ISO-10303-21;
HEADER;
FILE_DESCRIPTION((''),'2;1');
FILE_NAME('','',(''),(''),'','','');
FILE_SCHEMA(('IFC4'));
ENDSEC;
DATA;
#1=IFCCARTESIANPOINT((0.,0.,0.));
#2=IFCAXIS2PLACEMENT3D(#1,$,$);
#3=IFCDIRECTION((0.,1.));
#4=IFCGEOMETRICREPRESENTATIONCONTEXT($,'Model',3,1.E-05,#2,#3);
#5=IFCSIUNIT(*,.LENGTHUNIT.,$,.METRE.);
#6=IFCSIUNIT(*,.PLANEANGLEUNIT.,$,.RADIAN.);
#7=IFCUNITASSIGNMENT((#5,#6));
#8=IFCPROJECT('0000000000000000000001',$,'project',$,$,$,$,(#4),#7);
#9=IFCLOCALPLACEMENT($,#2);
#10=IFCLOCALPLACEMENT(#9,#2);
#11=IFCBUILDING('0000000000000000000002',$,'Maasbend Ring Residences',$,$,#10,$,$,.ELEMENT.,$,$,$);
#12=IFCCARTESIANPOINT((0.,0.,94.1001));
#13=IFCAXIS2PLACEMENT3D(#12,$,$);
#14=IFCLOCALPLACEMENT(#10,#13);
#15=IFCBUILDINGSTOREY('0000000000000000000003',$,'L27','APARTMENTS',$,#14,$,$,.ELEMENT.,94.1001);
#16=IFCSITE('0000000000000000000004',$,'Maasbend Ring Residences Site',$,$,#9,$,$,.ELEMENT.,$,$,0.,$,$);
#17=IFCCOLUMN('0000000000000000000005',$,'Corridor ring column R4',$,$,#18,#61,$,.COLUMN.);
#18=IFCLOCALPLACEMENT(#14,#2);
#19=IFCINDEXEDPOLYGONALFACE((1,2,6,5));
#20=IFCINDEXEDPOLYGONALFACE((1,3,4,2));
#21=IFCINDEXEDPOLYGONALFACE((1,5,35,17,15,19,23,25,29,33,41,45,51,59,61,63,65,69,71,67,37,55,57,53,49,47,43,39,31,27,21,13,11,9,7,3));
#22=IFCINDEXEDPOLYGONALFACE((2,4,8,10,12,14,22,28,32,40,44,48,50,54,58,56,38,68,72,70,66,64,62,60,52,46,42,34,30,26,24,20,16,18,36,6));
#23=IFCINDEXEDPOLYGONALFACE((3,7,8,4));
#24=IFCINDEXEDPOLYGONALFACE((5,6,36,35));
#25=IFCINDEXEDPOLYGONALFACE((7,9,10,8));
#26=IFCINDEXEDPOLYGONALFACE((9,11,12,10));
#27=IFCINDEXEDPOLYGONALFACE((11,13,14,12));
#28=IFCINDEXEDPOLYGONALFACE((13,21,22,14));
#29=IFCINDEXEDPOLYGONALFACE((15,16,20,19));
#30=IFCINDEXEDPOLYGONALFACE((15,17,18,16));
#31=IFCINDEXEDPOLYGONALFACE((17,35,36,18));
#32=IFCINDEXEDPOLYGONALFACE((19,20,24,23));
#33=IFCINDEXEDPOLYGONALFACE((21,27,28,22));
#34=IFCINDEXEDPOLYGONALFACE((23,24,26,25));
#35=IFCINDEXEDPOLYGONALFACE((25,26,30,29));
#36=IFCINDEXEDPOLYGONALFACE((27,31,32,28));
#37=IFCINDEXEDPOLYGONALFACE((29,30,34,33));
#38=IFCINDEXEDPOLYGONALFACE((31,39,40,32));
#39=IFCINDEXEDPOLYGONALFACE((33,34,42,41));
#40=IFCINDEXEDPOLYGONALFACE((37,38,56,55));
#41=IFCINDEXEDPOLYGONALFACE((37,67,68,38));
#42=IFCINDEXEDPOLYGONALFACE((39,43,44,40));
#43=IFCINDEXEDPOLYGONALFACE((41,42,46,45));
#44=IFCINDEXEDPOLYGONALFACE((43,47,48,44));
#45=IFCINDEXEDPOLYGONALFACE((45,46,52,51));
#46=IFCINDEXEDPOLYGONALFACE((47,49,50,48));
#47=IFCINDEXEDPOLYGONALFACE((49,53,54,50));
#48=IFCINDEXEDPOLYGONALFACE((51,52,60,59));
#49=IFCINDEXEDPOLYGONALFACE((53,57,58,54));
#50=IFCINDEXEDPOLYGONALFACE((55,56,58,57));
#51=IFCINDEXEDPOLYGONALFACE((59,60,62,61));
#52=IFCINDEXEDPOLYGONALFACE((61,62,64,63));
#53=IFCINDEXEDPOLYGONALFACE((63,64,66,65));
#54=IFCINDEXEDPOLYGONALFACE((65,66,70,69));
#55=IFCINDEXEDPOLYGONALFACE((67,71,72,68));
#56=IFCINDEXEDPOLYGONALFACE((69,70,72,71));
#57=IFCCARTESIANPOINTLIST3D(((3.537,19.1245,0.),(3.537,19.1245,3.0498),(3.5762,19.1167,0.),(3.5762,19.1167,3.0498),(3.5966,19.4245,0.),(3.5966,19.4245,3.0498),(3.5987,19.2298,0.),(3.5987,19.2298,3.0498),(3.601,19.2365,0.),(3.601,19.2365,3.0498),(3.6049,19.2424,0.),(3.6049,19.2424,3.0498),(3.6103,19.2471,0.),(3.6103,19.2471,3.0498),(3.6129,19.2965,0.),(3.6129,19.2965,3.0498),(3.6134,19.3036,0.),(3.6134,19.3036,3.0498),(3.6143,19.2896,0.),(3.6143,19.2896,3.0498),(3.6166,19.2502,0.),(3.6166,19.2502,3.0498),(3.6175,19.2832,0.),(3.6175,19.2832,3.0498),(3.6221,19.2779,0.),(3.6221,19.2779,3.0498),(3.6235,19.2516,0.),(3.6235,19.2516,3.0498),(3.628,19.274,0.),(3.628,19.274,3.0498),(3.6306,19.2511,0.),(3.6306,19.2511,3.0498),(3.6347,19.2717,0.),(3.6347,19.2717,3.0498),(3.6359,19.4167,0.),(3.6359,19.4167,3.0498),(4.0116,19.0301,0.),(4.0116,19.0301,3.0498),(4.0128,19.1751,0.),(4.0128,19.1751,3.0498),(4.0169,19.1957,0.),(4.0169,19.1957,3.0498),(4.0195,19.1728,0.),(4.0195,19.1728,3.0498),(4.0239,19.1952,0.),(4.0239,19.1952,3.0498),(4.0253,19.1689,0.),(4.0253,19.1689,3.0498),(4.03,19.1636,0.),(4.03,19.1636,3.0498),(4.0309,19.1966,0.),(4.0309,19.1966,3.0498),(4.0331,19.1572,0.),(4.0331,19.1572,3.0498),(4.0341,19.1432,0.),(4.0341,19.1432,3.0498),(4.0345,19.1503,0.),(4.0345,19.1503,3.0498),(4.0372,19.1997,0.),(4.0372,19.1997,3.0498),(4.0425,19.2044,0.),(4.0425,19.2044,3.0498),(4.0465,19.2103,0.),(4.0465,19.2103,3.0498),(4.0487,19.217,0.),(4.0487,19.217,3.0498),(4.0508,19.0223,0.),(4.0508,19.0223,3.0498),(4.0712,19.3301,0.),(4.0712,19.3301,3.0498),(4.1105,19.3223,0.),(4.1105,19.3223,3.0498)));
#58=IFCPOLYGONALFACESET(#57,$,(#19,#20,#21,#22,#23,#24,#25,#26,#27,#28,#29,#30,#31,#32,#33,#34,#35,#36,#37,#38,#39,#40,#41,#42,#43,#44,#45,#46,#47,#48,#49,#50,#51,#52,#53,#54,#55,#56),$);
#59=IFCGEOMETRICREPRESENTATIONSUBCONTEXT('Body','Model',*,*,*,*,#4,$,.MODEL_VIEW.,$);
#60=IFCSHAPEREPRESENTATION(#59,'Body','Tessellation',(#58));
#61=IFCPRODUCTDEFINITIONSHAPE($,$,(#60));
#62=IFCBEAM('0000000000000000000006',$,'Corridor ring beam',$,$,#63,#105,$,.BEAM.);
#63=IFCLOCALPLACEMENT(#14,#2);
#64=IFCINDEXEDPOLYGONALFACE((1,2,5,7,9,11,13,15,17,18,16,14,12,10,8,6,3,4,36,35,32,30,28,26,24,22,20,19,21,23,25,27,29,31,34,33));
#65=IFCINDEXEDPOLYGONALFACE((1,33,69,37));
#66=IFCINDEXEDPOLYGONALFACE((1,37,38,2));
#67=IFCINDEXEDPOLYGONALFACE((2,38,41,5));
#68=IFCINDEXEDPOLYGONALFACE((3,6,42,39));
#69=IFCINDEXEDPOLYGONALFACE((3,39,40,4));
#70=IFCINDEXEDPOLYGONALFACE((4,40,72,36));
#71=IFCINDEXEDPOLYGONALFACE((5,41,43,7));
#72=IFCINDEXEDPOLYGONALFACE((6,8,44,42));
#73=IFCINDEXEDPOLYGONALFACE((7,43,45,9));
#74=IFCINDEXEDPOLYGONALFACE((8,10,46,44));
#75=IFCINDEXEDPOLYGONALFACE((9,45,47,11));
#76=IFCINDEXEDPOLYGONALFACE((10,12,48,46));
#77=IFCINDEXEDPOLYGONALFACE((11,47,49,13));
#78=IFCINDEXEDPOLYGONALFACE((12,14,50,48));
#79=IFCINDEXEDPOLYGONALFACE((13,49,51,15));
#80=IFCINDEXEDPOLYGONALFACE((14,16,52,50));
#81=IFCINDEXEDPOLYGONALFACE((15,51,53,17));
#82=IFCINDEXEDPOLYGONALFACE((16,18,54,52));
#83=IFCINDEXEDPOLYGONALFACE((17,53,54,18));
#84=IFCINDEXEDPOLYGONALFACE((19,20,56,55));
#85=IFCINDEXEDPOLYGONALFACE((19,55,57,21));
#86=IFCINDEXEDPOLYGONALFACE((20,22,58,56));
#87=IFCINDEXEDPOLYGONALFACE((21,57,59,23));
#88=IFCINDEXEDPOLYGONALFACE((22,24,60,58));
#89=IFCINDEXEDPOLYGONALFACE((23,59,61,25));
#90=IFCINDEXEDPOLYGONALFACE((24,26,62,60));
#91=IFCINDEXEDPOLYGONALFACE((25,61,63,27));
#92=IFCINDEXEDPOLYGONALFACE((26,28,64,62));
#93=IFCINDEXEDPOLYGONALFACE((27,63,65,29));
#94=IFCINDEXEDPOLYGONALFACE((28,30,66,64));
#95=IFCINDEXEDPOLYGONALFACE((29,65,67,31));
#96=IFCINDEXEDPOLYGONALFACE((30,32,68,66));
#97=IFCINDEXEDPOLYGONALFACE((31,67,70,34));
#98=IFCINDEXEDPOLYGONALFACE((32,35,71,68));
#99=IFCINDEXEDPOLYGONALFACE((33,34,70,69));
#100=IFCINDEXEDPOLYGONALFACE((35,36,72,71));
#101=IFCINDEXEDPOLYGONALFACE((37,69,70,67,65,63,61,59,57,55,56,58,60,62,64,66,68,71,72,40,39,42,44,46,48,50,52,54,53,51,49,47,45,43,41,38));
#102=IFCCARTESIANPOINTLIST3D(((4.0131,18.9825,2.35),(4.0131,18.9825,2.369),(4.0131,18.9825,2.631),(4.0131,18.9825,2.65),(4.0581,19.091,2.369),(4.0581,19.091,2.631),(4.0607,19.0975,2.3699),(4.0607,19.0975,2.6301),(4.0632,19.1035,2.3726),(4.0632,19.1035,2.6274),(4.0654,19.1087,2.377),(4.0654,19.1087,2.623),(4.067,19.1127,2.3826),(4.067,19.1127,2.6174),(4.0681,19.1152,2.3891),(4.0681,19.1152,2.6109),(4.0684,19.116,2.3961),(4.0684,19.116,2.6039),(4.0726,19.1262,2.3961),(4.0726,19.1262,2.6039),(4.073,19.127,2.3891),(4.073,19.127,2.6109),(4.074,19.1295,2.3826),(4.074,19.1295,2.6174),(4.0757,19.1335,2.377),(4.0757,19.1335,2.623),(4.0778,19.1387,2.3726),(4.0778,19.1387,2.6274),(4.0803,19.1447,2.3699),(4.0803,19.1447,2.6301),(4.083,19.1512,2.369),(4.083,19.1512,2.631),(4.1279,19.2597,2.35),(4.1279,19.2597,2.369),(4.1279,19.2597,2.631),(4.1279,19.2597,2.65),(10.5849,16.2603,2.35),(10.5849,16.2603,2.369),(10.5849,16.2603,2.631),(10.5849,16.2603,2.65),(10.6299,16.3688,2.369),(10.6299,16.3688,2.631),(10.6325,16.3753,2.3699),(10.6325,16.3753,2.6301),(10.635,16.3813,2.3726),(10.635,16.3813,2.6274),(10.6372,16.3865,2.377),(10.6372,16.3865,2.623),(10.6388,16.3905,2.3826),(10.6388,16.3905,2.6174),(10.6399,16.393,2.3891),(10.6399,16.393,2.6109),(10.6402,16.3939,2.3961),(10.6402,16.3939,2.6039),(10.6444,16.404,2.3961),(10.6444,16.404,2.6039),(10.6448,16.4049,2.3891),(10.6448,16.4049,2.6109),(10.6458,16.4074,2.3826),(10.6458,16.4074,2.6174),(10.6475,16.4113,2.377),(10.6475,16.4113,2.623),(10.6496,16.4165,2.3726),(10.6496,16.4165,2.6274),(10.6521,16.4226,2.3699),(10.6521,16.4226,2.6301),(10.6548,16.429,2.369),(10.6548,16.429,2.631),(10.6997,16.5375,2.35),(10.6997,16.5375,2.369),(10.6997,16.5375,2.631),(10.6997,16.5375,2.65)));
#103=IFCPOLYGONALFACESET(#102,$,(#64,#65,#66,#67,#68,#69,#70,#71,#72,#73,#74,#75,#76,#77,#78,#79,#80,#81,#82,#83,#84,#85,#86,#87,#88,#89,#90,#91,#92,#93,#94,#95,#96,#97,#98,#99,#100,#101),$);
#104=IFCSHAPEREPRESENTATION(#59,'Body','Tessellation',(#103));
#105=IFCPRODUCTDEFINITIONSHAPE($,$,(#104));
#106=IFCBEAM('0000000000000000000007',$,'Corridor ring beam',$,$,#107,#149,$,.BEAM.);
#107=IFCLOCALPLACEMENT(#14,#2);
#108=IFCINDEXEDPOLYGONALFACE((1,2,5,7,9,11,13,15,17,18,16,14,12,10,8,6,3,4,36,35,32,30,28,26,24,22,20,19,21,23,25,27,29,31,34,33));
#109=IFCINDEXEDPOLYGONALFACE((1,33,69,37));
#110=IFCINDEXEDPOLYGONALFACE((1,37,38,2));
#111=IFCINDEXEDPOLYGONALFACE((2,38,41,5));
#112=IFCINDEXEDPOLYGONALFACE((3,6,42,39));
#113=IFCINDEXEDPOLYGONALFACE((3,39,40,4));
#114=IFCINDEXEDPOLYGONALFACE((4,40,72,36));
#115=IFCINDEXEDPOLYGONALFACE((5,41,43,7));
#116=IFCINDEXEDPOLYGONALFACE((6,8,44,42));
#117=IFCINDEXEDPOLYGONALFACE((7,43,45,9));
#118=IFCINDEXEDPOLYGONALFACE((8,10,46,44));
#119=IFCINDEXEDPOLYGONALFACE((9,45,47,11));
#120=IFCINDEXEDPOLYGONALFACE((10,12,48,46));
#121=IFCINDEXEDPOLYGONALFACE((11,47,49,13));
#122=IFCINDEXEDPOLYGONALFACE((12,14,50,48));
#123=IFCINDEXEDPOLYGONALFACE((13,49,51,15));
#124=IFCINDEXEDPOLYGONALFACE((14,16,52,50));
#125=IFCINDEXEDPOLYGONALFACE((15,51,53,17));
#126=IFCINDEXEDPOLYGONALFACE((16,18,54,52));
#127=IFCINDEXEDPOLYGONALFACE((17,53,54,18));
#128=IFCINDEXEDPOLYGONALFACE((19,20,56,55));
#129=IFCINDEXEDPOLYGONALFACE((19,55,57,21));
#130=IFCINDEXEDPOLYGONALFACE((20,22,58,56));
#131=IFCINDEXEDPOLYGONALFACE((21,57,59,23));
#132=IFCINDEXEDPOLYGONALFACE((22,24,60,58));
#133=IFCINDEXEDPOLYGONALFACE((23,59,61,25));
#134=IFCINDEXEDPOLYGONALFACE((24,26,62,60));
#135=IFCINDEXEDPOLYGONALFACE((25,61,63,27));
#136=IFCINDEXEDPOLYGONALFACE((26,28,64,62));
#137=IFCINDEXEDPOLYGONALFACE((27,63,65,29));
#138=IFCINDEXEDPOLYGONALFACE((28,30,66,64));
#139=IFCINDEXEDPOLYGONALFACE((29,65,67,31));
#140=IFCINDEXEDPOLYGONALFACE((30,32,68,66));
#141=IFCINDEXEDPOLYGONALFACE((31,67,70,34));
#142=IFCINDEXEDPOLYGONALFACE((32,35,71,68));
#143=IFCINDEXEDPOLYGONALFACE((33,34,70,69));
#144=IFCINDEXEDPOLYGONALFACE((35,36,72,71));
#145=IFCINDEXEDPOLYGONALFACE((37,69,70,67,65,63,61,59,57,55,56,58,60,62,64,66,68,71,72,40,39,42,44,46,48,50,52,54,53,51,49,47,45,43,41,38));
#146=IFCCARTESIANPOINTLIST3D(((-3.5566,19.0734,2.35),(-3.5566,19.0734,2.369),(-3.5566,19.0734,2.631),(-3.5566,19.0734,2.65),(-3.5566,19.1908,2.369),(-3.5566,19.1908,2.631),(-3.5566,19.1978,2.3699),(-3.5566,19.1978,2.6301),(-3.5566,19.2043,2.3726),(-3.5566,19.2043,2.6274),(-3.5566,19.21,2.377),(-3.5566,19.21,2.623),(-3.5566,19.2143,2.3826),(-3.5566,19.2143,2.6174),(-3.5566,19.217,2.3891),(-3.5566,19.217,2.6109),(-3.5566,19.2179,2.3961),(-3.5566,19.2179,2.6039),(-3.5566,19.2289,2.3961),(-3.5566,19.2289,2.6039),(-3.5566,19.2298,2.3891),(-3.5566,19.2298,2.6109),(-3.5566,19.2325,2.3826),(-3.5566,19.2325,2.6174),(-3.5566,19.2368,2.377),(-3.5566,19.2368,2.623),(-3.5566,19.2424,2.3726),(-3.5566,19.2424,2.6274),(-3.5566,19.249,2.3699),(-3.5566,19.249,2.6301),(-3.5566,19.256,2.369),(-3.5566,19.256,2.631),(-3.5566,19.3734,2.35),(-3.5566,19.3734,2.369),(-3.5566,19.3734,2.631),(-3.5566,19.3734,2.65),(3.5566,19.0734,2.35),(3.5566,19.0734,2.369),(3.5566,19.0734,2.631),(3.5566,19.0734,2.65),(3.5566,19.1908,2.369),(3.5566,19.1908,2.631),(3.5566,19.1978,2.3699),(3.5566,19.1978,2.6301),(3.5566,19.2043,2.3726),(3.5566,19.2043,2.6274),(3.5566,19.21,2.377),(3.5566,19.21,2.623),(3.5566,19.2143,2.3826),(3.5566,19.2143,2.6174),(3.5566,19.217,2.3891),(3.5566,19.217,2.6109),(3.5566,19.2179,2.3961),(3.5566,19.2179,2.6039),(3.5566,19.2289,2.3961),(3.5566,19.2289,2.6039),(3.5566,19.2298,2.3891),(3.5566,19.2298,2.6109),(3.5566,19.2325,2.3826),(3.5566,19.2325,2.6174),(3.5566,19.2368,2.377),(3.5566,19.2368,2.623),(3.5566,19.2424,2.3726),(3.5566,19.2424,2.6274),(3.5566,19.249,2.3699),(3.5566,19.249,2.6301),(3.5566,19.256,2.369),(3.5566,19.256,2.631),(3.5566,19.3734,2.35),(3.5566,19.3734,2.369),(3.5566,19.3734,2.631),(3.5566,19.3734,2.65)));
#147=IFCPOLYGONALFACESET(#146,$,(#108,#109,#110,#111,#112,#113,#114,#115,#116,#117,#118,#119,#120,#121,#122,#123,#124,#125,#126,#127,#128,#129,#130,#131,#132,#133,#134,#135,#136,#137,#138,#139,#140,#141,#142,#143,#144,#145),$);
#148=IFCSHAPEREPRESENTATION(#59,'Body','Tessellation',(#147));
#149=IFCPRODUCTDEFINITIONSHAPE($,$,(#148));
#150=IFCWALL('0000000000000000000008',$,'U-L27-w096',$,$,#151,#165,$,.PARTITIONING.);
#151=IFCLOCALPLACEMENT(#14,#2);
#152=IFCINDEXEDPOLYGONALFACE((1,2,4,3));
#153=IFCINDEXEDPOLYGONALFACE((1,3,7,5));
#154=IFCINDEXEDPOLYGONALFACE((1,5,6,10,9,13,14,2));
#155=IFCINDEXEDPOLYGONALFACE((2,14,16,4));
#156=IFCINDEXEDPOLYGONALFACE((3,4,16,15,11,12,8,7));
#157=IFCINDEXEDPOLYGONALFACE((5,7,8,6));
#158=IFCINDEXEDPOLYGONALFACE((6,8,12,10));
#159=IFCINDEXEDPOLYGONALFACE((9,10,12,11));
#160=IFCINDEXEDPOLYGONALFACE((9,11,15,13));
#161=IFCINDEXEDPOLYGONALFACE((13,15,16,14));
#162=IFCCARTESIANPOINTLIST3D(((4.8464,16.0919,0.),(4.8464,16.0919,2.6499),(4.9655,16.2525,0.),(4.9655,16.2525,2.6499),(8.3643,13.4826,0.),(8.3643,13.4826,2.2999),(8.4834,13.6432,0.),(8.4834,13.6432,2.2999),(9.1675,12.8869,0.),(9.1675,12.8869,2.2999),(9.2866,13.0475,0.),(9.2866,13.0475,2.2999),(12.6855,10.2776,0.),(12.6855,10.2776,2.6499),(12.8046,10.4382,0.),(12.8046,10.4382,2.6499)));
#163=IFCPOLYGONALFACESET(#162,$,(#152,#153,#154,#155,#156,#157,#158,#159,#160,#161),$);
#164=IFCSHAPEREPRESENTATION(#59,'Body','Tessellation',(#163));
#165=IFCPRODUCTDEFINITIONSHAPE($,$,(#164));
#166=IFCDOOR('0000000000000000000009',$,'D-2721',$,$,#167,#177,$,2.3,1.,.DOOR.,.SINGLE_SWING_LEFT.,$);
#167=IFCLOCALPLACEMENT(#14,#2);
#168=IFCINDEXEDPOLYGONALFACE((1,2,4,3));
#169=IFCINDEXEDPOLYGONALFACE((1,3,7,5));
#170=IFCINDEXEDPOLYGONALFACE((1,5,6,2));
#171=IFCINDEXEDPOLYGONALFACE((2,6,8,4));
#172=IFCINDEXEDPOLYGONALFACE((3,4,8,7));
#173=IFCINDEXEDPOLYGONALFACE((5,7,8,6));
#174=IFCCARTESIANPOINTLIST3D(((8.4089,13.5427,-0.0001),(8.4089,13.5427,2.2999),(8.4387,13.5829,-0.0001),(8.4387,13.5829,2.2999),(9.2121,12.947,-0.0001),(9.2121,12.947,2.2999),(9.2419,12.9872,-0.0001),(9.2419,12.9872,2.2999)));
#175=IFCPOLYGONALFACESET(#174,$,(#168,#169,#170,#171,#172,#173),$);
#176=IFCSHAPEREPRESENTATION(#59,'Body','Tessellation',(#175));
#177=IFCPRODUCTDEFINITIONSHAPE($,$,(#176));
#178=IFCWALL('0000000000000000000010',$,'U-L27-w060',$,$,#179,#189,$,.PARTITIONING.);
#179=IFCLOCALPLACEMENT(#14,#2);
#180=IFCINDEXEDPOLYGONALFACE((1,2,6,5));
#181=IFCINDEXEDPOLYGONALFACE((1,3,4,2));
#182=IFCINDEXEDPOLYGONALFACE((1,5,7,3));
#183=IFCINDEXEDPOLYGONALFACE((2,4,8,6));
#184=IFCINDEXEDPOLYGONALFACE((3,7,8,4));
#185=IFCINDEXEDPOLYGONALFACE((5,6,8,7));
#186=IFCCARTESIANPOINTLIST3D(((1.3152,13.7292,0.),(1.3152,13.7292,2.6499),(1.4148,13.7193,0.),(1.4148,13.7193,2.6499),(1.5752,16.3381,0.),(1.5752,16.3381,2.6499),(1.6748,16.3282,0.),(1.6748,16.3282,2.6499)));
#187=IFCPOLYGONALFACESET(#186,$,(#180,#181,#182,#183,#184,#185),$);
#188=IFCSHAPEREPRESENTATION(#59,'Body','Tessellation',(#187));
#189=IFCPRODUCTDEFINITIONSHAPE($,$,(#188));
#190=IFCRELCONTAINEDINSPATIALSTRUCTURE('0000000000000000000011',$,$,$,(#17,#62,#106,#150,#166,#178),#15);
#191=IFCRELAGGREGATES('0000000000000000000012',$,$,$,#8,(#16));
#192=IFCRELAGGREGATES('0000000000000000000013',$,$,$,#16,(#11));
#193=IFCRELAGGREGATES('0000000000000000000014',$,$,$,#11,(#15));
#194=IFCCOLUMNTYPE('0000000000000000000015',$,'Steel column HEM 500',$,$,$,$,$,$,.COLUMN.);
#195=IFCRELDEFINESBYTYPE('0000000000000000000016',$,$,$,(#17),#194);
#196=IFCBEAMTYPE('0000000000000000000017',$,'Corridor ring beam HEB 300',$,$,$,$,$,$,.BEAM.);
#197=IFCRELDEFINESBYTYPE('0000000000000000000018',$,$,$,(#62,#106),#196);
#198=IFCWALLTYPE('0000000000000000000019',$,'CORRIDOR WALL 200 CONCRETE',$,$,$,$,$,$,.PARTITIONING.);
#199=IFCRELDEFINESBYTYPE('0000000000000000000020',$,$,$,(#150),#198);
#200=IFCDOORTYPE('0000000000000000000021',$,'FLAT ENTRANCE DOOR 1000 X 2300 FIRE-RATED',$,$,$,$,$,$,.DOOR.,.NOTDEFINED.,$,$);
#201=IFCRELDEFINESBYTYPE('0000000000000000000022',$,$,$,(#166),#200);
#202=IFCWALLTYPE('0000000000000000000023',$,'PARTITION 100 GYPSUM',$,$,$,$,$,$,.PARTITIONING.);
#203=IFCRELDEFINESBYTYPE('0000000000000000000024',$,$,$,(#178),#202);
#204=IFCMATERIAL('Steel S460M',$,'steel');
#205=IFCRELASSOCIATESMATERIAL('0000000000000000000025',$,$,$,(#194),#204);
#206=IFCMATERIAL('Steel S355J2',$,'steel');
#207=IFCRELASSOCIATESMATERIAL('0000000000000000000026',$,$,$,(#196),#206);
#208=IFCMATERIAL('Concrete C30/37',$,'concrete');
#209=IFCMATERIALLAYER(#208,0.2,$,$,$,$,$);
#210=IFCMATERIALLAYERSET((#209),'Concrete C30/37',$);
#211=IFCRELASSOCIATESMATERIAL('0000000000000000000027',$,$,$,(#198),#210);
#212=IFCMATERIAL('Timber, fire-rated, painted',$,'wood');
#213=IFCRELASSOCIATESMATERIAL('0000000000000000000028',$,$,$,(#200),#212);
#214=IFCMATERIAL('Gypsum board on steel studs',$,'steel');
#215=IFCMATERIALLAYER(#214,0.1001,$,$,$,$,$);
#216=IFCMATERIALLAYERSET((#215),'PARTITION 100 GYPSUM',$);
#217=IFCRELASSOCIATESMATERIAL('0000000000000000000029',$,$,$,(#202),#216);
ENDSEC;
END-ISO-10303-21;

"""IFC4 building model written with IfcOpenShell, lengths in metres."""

from ifc_helpers import new_model, si_unit, direction, frame, frame_2d, origin, origin_2d, place, context, subcontext, project, spatial, rectangle, i_section, extrude, material, layer, layer_set, material_profile, profile_set, type_object, element, fill, save


model = new_model("IFC4")

# Units and contexts
model_context = context("Model", 3, precision=1e-05, world=origin(), true_north=direction((0.0, 1.0)))
body_context = subcontext(model_context, "Body", "Model", "MODEL_VIEW")
ifc_project = project(units=[si_unit("LENGTHUNIT", "METRE"), si_unit("PLANEANGLEUNIT", "RADIAN")], contexts=[model_context])

# Site, building, storey
site_placement = place(None, origin())
site = spatial("IfcSite", under=ifc_project, at=site_placement, Name="Maasbend Ring Residences Site", CompositionType="ELEMENT", RefElevation=0.0)
building_placement = place(site_placement, origin())
building = spatial("IfcBuilding", under=site, at=building_placement, Name="Maasbend Ring Residences", CompositionType="ELEMENT")
storey_placement = place(building_placement, frame((0.0, 0.0, 94.1001)))
storey = spatial("IfcBuildingStorey", under=building, at=storey_placement, Name="L27", Description="APARTMENTS", CompositionType="ELEMENT", Elevation=94.1001)

# Column
ifc_material_1 = material(Name="Steel S460M", Category="steel")
ifc_material_profile_1 = material_profile(ifc_material_1, i_section(OverallWidth=0.3059, OverallDepth=0.5239, WebThickness=0.021, FlangeThickness=0.04, FilletRadius=0.0271, at=origin_2d()), Name="HEM 500")
ifc_profile_set_1 = profile_set([ifc_material_profile_1], Name="Steel S460M")
column_type = type_object("IfcColumnType", Name="Steel column HEM 500", PredefinedType="COLUMN", material=ifc_profile_set_1)
column_placement = place(storey_placement, frame((3.8237, 19.2234, 0.0), z_axis=(0.0, 0.0, 1.0), x_axis=(0.19509, 0.980785, 0.0)))
element("IfcColumn", 1, at=column_placement, inside=storey, type_object=column_type, Name="Corridor ring column R4", PredefinedType="COLUMN", context=body_context, shape_type="SweptSolid", body=[
    extrude(i_section(OverallWidth=0.3059, OverallDepth=0.5239, WebThickness=0.021, FlangeThickness=0.04, FilletRadius=0.0271, at=origin_2d()), origin(), (0.0, 0.0, 1.0), 3.0498),
])

# Beams
ifc_material_2 = material(Name="Steel S355J2", Category="steel")
ifc_material_profile_2 = material_profile(ifc_material_2, i_section(OverallWidth=0.3, OverallDepth=0.3, WebThickness=0.011, FlangeThickness=0.019, FilletRadius=0.0271, at=origin_2d()), Name="HEB 300")
ifc_profile_set_2 = profile_set([ifc_material_profile_2], Name="Steel S355J2")
beam_type = type_object("IfcBeamType", Name="Corridor ring beam HEB 300", PredefinedType="BEAM", material=ifc_profile_set_2)
for number, where, z_axis, x_axis, name in (
    (2, (10.6423, 16.3989, 2.5), (-0.923877, 0.382689, 0.0), (-0.382689, -0.923877, 0.0), "Corridor ring beam"),
    (3, (3.5566, 19.2234, 2.5), (-1.0, 0.0, 0.0), (0.0, -1.0, 0.0), "Corridor ring beam"),
):
    element("IfcBeam", number, at=place(storey_placement, frame(where, z_axis=z_axis, x_axis=x_axis)), inside=storey, type_object=beam_type, Name=name, PredefinedType="BEAM", context=body_context, shape_type="SweptSolid", body=[
        extrude(i_section(OverallWidth=0.3, OverallDepth=0.3, WebThickness=0.011, FlangeThickness=0.019, FilletRadius=0.0271, at=origin_2d()), origin(), (0.0, 0.0, 1.0), 7.1133),
    ])

# Wall, opening, door
ifc_material_3 = material(Name="Concrete C30/37", Category="concrete")
ifc_layer_1 = layer(ifc_material_3, 0.2)
ifc_layer_set_1 = layer_set([ifc_layer_1], Name="Concrete C30/37")
wall_type_1 = type_object("IfcWallType", Name="CORRIDOR WALL 200 CONCRETE", PredefinedType="PARTITIONING", material=ifc_layer_set_1)
wall_1_placement = place(storey_placement, frame((4.906, 16.1721, 0.0), z_axis=(0.0, 0.0, 1.0), x_axis=(0.803191, -0.595721, 0.0)))
wall_1 = element("IfcWall", 4, at=wall_1_placement, inside=storey, type_object=wall_type_1, Name="U-L27-w096", PredefinedType="PARTITIONING", context=body_context, shape_type="SweptSolid", body=[
    extrude(rectangle(XDim=9.76, YDim=0.2, at=frame_2d((4.8799, 0.0))), origin(), (0.0, 0.0, 1.0), 2.6499),
])
opening_1_placement = place(wall_1_placement, frame((4.3799, 0.0, 0.0)))
opening_1 = element("IfcOpeningElement", 5, at=opening_1_placement, cuts=wall_1, PredefinedType="OPENING", context=body_context, shape_type="SweptSolid", body=[
    extrude(rectangle(XDim=1.0, YDim=2.3, at=frame_2d((0.5, 1.1499))), frame((0.0, 0.1099, 0.0), z_axis=(0.0, -1.0, 0.0), x_axis=(1.0, 0.0, 0.0)), (0.0, 0.0, 1.0), 0.22),
])
ifc_material_4 = material(Name="Timber, fire-rated, painted", Category="wood")
door_type_1 = type_object("IfcDoorType", Name="FLAT ENTRANCE DOOR 1000 X 2300 FIRE-RATED", OperationType="NOTDEFINED", PredefinedType="DOOR", material=ifc_material_4)
door_1_placement = place(opening_1_placement, origin())
door_1 = element("IfcDoor", 6, at=door_1_placement, inside=storey, type_object=door_type_1, Name="D-2721", OperationType="SINGLE_SWING_LEFT", OverallHeight=2.3, OverallWidth=1.0, PredefinedType="DOOR", context=body_context, shape_type="SweptSolid", body=[
    extrude(rectangle(XDim=1.0, YDim=2.3, at=frame_2d((0.5, 1.1499))), frame((0.0, 0.0249, 0.0), z_axis=(0.0, -1.0, 0.0), x_axis=(1.0, 0.0, 0.0)), (0.0, 0.0, 1.0), 0.05),
])
fill(opening_1, door_1)

# Wall
ifc_material_5 = material(Name="Gypsum board on steel studs", Category="steel")
ifc_layer_2 = layer(ifc_material_5, 0.1001)
ifc_layer_set_2 = layer_set([ifc_layer_2], Name="PARTITION 100 GYPSUM")
wall_type_2 = type_object("IfcWallType", Name="PARTITION 100 GYPSUM", PredefinedType="PARTITIONING", material=ifc_layer_set_2)
wall_2_placement = place(storey_placement, frame((1.365, 13.7241, 0.0), z_axis=(0.0, 0.0, 1.0), x_axis=(0.099172, 0.99507, 0.0)))
element("IfcWall", 7, at=wall_2_placement, inside=storey, type_object=wall_type_2, Name="U-L27-w060", PredefinedType="PARTITIONING", context=body_context, shape_type="SweptSolid", body=[
    extrude(rectangle(XDim=2.6218, YDim=0.1001, at=frame_2d((1.311, 0.0))), origin(), (0.0, 0.0, 1.0), 2.6499),
])

save(model, "model.ifc")
